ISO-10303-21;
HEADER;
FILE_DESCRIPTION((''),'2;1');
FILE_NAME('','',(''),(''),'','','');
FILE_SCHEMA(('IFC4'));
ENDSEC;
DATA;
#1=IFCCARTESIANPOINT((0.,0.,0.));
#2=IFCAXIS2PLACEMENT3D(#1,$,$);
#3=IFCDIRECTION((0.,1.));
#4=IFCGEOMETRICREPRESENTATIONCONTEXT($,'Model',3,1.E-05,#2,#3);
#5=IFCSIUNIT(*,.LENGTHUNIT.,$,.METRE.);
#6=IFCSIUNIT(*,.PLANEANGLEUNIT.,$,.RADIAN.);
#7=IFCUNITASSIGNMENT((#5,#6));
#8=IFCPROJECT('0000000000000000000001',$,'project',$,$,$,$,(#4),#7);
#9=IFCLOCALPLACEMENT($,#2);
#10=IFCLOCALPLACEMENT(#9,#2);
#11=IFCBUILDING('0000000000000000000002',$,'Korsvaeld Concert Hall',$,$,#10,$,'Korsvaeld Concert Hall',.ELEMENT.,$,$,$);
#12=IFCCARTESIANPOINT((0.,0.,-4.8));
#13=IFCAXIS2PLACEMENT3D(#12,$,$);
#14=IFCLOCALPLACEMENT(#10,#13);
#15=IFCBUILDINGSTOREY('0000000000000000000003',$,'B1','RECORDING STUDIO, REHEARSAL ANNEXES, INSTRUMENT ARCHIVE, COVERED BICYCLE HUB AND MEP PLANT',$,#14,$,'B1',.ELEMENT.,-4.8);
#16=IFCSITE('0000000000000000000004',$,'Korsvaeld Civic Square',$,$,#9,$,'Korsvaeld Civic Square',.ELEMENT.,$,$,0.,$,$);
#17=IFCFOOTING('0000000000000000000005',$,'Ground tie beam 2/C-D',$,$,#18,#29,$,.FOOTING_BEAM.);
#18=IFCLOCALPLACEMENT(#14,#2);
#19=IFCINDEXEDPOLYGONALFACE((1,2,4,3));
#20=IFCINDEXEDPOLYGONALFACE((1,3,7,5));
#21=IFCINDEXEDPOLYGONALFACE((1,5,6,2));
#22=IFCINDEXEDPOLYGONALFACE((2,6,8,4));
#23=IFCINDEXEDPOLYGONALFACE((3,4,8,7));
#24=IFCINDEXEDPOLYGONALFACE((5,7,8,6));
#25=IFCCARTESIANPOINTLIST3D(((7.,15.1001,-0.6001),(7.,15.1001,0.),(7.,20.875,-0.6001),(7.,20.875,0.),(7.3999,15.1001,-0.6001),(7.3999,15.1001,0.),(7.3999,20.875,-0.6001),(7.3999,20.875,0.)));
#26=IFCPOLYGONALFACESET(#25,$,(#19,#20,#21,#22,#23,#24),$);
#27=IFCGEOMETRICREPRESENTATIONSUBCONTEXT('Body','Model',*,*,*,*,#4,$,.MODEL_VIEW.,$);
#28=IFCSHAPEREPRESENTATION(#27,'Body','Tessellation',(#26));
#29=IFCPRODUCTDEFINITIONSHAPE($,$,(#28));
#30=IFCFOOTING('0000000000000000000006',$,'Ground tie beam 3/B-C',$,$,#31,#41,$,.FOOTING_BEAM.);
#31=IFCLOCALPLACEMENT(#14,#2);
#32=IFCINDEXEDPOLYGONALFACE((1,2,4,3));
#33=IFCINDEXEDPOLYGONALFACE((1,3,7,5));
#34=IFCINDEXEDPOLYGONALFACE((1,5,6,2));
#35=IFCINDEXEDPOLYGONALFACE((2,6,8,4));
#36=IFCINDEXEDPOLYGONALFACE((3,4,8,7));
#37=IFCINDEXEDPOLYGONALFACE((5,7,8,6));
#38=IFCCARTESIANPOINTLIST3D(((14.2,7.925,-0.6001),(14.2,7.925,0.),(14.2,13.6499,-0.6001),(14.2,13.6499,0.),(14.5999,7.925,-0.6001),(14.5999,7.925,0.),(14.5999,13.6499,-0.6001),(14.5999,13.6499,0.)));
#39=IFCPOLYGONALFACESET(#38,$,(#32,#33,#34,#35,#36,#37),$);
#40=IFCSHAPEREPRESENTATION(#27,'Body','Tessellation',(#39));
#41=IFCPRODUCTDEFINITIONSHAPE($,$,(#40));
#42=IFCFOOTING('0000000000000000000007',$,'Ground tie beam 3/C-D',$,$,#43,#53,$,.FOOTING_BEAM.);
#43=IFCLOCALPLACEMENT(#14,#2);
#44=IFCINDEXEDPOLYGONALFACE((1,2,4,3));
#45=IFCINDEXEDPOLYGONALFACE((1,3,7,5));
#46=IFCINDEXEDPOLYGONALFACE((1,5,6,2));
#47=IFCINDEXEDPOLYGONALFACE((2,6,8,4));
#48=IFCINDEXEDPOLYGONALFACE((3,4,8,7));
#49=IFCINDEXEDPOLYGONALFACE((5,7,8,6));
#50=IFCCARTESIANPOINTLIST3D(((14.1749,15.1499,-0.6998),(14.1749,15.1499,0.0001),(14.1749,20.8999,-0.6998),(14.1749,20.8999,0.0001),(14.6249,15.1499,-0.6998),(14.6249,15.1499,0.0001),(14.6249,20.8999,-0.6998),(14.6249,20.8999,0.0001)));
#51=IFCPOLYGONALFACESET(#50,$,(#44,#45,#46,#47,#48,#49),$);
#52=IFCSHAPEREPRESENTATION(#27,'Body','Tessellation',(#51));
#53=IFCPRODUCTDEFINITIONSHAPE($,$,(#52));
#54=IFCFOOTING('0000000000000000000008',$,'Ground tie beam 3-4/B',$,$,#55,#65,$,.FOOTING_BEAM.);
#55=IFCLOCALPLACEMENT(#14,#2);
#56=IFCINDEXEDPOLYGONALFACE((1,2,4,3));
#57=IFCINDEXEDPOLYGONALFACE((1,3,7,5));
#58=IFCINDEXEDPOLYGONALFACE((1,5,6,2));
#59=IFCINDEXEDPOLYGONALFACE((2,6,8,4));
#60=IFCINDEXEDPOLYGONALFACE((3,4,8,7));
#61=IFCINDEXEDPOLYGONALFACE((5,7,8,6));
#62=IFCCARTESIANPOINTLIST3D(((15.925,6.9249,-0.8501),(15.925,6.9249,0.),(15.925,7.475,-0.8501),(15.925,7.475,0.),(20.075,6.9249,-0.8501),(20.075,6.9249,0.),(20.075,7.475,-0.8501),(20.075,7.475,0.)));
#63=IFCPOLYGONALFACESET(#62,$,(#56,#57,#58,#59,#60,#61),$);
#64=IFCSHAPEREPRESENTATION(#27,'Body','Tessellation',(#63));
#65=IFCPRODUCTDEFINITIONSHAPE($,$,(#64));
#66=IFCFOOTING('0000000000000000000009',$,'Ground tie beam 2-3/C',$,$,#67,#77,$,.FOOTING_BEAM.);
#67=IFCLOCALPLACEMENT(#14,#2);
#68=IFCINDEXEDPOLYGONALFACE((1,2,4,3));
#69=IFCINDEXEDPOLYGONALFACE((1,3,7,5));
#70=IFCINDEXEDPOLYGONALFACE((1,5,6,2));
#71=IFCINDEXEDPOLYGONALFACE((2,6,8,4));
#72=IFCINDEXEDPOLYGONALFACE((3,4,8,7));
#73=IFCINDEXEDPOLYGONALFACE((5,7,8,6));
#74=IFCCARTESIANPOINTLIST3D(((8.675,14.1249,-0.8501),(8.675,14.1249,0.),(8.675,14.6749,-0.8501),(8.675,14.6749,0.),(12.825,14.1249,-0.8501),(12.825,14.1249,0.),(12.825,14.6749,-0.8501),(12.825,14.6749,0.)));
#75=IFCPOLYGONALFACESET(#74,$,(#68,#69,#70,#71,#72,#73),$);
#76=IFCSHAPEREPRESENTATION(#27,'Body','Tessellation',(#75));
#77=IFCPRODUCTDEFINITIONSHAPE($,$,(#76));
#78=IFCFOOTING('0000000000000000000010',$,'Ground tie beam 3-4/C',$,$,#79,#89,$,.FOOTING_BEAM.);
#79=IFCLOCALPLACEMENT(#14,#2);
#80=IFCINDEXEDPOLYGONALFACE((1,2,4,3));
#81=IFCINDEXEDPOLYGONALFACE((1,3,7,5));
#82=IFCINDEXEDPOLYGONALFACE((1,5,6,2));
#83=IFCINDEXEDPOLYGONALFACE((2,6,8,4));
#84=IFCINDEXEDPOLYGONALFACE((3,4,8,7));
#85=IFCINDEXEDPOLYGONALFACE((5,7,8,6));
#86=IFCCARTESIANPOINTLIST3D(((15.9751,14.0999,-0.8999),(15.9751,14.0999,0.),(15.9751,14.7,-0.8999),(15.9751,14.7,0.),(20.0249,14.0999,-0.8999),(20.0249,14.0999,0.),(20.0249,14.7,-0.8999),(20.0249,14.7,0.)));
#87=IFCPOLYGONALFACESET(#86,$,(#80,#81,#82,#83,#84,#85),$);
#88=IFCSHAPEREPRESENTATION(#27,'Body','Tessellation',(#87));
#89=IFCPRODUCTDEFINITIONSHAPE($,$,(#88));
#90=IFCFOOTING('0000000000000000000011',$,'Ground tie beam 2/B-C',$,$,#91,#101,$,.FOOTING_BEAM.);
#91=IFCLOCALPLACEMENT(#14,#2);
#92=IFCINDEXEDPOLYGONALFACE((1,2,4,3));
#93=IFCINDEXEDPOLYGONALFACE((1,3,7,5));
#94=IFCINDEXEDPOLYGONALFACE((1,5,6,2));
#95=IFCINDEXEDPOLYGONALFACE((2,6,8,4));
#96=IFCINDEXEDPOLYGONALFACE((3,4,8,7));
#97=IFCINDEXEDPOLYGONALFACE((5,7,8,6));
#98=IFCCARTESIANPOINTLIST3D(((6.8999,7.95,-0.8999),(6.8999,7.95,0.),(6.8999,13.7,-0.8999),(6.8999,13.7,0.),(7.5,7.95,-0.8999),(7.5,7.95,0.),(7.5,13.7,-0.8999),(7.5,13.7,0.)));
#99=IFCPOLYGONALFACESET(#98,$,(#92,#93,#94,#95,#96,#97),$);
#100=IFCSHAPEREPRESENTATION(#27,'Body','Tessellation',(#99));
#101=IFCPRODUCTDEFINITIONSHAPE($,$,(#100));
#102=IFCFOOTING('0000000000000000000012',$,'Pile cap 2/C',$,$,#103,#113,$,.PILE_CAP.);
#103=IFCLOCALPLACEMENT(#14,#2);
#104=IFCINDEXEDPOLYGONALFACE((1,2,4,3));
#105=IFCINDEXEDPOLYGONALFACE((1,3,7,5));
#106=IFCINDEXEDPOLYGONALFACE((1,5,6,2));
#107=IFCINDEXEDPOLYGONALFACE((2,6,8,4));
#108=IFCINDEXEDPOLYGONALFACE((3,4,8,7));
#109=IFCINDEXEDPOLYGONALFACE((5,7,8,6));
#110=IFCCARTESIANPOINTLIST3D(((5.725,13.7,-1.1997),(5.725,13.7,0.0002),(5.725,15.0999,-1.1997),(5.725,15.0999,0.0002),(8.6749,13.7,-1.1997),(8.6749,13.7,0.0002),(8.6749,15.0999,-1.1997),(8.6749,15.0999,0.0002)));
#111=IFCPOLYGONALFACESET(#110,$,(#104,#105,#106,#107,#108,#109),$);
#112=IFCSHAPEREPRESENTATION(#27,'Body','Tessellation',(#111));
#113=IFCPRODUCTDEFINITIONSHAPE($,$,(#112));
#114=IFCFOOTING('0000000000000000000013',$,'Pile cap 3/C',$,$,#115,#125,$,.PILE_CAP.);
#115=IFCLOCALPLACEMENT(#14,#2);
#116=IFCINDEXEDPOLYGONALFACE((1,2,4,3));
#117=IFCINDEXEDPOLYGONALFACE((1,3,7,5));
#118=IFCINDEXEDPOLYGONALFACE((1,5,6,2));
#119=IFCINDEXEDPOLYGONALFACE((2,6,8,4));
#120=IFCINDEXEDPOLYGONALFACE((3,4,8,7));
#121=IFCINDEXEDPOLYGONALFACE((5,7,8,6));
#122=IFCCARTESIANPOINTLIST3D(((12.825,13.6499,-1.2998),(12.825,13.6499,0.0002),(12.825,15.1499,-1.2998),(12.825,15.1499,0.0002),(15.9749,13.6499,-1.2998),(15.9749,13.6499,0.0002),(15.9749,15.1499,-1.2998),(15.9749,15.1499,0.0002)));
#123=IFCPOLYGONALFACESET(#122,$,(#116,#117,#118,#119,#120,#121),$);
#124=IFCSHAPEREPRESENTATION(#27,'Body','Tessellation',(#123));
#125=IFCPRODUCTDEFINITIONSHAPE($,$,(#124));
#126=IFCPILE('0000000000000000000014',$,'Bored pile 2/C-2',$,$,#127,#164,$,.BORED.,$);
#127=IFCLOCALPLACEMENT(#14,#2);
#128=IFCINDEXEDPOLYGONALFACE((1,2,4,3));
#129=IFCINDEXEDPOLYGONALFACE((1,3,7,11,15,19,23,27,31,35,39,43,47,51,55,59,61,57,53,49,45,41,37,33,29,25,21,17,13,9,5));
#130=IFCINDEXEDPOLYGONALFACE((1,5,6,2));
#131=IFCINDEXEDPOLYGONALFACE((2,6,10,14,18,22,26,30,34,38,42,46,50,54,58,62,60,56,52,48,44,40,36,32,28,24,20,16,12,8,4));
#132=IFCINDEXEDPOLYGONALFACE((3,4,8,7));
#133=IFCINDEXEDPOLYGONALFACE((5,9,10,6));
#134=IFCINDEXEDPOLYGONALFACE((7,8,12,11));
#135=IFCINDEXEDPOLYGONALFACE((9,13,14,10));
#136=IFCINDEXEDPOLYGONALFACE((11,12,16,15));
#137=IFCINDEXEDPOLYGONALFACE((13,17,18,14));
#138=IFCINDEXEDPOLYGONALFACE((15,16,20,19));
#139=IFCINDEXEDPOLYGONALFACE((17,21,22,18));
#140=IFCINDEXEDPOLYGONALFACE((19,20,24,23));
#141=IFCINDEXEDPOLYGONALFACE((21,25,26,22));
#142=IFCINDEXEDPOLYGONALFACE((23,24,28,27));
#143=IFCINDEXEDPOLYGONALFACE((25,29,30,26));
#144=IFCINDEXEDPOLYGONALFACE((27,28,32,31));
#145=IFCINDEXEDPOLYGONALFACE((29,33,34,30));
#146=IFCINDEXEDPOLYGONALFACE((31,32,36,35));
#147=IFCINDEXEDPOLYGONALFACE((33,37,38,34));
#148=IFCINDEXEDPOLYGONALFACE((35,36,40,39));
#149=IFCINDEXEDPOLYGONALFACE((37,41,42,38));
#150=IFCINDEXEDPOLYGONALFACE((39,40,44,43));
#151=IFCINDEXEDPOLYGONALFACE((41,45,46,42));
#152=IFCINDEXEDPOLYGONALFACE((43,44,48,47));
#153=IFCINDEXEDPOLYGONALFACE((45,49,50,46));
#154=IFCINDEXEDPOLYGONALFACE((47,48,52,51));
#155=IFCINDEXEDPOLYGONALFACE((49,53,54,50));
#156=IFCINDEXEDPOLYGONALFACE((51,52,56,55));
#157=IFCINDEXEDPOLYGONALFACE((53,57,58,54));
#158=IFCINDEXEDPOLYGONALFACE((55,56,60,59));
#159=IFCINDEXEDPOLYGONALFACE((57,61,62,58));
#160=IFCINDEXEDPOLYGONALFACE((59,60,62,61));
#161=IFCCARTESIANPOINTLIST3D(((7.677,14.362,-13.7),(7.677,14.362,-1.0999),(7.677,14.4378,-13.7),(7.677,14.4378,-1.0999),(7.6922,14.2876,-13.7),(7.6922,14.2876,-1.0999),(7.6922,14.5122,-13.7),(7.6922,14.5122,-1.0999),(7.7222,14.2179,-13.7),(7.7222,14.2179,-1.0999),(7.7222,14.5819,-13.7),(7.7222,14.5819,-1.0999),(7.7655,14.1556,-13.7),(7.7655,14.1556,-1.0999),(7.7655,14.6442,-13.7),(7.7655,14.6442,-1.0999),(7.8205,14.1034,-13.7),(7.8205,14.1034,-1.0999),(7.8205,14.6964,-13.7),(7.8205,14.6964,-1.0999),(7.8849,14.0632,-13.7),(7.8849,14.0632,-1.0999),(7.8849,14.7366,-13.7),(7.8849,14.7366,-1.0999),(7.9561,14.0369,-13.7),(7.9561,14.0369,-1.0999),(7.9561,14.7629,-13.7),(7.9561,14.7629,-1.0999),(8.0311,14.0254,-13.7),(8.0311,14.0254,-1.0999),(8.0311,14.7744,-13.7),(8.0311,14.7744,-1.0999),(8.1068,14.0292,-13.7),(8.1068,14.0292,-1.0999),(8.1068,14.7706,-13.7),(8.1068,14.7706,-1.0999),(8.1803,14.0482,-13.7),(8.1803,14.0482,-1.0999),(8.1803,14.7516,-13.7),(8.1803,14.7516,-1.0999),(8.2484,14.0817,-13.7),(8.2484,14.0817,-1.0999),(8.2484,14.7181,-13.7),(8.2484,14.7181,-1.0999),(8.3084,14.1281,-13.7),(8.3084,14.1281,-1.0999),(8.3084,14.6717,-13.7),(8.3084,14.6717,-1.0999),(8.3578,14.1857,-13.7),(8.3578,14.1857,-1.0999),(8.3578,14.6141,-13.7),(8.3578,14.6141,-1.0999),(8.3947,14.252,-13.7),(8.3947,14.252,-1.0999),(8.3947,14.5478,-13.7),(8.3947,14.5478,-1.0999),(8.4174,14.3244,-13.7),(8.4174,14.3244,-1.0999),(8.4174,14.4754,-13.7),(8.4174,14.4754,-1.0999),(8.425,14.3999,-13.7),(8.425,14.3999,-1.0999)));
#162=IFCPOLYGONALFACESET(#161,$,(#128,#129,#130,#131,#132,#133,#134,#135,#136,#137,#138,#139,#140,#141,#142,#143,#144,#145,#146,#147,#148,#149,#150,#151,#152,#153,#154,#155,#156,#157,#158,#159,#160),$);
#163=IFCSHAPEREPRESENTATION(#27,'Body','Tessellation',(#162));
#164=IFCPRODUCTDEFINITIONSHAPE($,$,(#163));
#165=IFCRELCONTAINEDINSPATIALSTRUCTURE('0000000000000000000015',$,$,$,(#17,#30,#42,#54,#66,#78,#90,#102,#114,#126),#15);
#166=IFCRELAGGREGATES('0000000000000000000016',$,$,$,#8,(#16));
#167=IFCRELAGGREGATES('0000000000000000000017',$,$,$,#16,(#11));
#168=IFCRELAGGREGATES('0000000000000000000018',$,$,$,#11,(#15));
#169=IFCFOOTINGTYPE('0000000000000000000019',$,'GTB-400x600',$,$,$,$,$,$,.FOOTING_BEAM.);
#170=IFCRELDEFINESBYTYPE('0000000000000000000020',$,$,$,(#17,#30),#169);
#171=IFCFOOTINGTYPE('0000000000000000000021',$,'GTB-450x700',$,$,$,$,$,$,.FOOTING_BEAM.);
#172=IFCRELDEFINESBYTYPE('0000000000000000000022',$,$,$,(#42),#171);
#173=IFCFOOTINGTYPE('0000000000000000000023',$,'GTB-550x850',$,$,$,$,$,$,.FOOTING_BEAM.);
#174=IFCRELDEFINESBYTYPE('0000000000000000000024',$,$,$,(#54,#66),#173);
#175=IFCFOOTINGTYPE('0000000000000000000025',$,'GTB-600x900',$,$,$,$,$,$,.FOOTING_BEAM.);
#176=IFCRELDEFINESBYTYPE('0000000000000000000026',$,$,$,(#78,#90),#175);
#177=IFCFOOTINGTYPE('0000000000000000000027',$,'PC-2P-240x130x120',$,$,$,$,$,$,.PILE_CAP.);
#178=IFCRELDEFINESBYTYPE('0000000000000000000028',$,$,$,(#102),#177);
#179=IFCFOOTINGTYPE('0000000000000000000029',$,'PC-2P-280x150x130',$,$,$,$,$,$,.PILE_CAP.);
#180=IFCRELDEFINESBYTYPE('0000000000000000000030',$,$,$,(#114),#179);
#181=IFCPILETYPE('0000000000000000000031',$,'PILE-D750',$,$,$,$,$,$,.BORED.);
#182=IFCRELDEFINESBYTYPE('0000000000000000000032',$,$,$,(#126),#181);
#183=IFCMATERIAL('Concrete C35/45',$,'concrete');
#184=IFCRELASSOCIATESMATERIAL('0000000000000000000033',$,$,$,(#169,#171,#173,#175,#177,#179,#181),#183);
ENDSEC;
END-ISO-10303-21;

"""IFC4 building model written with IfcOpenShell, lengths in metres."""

from ifc_helpers import new_model, si_unit, direction, frame, origin, origin_2d, place, context, subcontext, project, spatial, rectangle, circle, extrude, material, material_profile, profile_set, type_object, element, save


model = new_model("IFC4")

# Units and contexts
model_context = context("Model", 3, precision=1e-05, world=origin(), true_north=direction((0.0, 1.0)))
body_context = subcontext(model_context, "Body", "Model", "MODEL_VIEW")
ifc_project = project(units=[si_unit("LENGTHUNIT", "METRE"), si_unit("PLANEANGLEUNIT", "RADIAN")], contexts=[model_context])

# Site, building, storey
site_placement = place(None, origin())
site = spatial("IfcSite", under=ifc_project, at=site_placement, Name="Korsvaeld Civic Square", LongName="Korsvaeld Civic Square", CompositionType="ELEMENT", RefElevation=0.0)
building_placement = place(site_placement, origin())
building = spatial("IfcBuilding", under=site, at=building_placement, Name="Korsvaeld Concert Hall", LongName="Korsvaeld Concert Hall", CompositionType="ELEMENT")
storey_placement = place(building_placement, frame((0.0, 0.0, -4.8)))
storey = spatial("IfcBuildingStorey", under=building, at=storey_placement, Name="B1", Description="RECORDING STUDIO, REHEARSAL ANNEXES, INSTRUMENT ARCHIVE, COVERED BICYCLE HUB AND MEP PLANT", LongName="B1", CompositionType="ELEMENT", Elevation=-4.8)

# Footings
ifc_material_1 = material(Name="Concrete C35/45", Category="concrete")
ifc_material_profile_1 = material_profile(ifc_material_1, rectangle(XDim=0.3999, YDim=0.6001, at=origin_2d()), Name="GTB 400x600")
ifc_profile_set_1 = profile_set([ifc_material_profile_1], Name="Concrete C35/45")
footing_type_1 = type_object("IfcFootingType", Name="GTB-400x600", PredefinedType="FOOTING_BEAM", material=ifc_profile_set_1)
footing_1_placement = place(storey_placement, frame((7.2, 15.1001, -0.3), z_axis=(0.0, 1.0, 0.0), x_axis=(-1.0, 0.0, 0.0)))
element("IfcFooting", 1, at=footing_1_placement, inside=storey, type_object=footing_type_1, Name="Ground tie beam 2/C-D", PredefinedType="FOOTING_BEAM", context=body_context, shape_type="SweptSolid", body=[
    extrude(rectangle(XDim=0.3999, YDim=0.6001, at=origin_2d()), origin(), (0.0, 0.0, 1.0), 5.7749),
])
footing_2_placement = place(storey_placement, frame((14.3999, 7.925, -0.3), z_axis=(0.0, 1.0, 0.0), x_axis=(-1.0, 0.0, 0.0)))
element("IfcFooting", 2, at=footing_2_placement, inside=storey, type_object=footing_type_1, Name="Ground tie beam 3/B-C", PredefinedType="FOOTING_BEAM", context=body_context, shape_type="SweptSolid", body=[
    extrude(rectangle(XDim=0.3999, YDim=0.6001, at=origin_2d()), origin(), (0.0, 0.0, 1.0), 5.7249),
])
ifc_material_profile_2 = material_profile(ifc_material_1, rectangle(XDim=0.45, YDim=0.7, at=origin_2d()), Name="GTB 450x700")
ifc_profile_set_2 = profile_set([ifc_material_profile_2], Name="Concrete C35/45")
footing_type_2 = type_object("IfcFootingType", Name="GTB-450x700", PredefinedType="FOOTING_BEAM", material=ifc_profile_set_2)
footing_3_placement = place(storey_placement, frame((14.3999, 15.1499, -0.3499), z_axis=(0.0, 1.0, 0.0), x_axis=(-1.0, 0.0, 0.0)))
element("IfcFooting", 3, at=footing_3_placement, inside=storey, type_object=footing_type_2, Name="Ground tie beam 3/C-D", PredefinedType="FOOTING_BEAM", context=body_context, shape_type="SweptSolid", body=[
    extrude(rectangle(XDim=0.45, YDim=0.7, at=origin_2d()), origin(), (0.0, 0.0, 1.0), 5.75),
])
ifc_material_profile_3 = material_profile(ifc_material_1, rectangle(XDim=0.55, YDim=0.8501, at=origin_2d()), Name="GTB 550x850")
ifc_profile_set_3 = profile_set([ifc_material_profile_3], Name="Concrete C35/45")
footing_type_3 = type_object("IfcFootingType", Name="GTB-550x850", PredefinedType="FOOTING_BEAM", material=ifc_profile_set_3)
for number, where, z_axis, x_axis, name in (
    (4, (15.925, 7.2, -0.425), (1.0, 0.0, 0.0), (0.0, 1.0, 0.0), "Ground tie beam 3-4/B"),
    (5, (8.675, 14.3999, -0.425), (1.0, 0.0, 0.0), (0.0, 1.0, 0.0), "Ground tie beam 2-3/C"),
):
    element("IfcFooting", number, at=place(storey_placement, frame(where, z_axis=z_axis, x_axis=x_axis)), inside=storey, type_object=footing_type_3, Name=name, PredefinedType="FOOTING_BEAM", context=body_context, shape_type="SweptSolid", body=[
        extrude(rectangle(XDim=0.55, YDim=0.8501, at=origin_2d()), origin(), (0.0, 0.0, 1.0), 4.1499),
    ])
ifc_material_profile_4 = material_profile(ifc_material_1, rectangle(XDim=0.6001, YDim=0.8999, at=origin_2d()), Name="GTB 600x900")
ifc_profile_set_4 = profile_set([ifc_material_profile_4], Name="Concrete C35/45")
footing_type_4 = type_object("IfcFootingType", Name="GTB-600x900", PredefinedType="FOOTING_BEAM", material=ifc_profile_set_4)
footing_4_placement = place(storey_placement, frame((15.9751, 14.3999, -0.45), z_axis=(1.0, 0.0, 0.0), x_axis=(0.0, 1.0, 0.0)))
element("IfcFooting", 6, at=footing_4_placement, inside=storey, type_object=footing_type_4, Name="Ground tie beam 3-4/C", PredefinedType="FOOTING_BEAM", context=body_context, shape_type="SweptSolid", body=[
    extrude(rectangle(XDim=0.6001, YDim=0.8999, at=origin_2d()), origin(), (0.0, 0.0, 1.0), 4.0498),
])
footing_5_placement = place(storey_placement, frame((7.2, 7.95, -0.45), z_axis=(0.0, 1.0, 0.0), x_axis=(-1.0, 0.0, 0.0)))
element("IfcFooting", 7, at=footing_5_placement, inside=storey, type_object=footing_type_4, Name="Ground tie beam 2/B-C", PredefinedType="FOOTING_BEAM", context=body_context, shape_type="SweptSolid", body=[
    extrude(rectangle(XDim=0.6001, YDim=0.8999, at=origin_2d()), origin(), (0.0, 0.0, 1.0), 5.75),
])
footing_type_5 = type_object("IfcFootingType", Name="PC-2P-240x130x120", PredefinedType="PILE_CAP", material=ifc_material_1)
footing_6_placement = place(storey_placement, frame((7.2, 14.3999, -1.1997), z_axis=(0.0, 0.0, 1.0), x_axis=(1.0, 0.0, 0.0)))
element("IfcFooting", 8, at=footing_6_placement, inside=storey, type_object=footing_type_5, Name="Pile cap 2/C", PredefinedType="PILE_CAP", context=body_context, shape_type="SweptSolid", body=[
    extrude(rectangle(XDim=2.95, YDim=1.3999, at=origin_2d()), origin(), (0.0, 0.0, 1.0), 1.2),
])
footing_type_6 = type_object("IfcFootingType", Name="PC-2P-280x150x130", PredefinedType="PILE_CAP", material=ifc_material_1)
footing_7_placement = place(storey_placement, frame((14.3999, 14.3999, -1.2998), z_axis=(0.0, 0.0, 1.0), x_axis=(1.0, 0.0, 0.0)))
element("IfcFooting", 9, at=footing_7_placement, inside=storey, type_object=footing_type_6, Name="Pile cap 3/C", PredefinedType="PILE_CAP", context=body_context, shape_type="SweptSolid", body=[
    extrude(rectangle(XDim=3.1499, YDim=1.5, at=origin_2d()), origin(), (0.0, 0.0, 1.0), 1.3),
])

# Pile
ifc_material_profile_5 = material_profile(ifc_material_1, circle(Radius=0.375, at=origin_2d()), Name="BORED PILE D750")
ifc_profile_set_5 = profile_set([ifc_material_profile_5], Name="Concrete C35/45")
pile_type_1 = type_object("IfcPileType", Name="PILE-D750", PredefinedType="BORED", material=ifc_profile_set_5)
pile_placement = place(storey_placement, frame((8.05, 14.3999, -1.0999), z_axis=(0.0, 0.0, -1.0), x_axis=(1.0, 0.0, 0.0)))
element("IfcPile", 10, at=pile_placement, inside=storey, type_object=pile_type_1, Name="Bored pile 2/C-2", PredefinedType="BORED", context=body_context, shape_type="SweptSolid", body=[
    extrude(circle(Radius=0.375, at=origin_2d()), origin(), (0.0, 0.0, 1.0), 12.6001),
])

save(model, "model.ifc")
